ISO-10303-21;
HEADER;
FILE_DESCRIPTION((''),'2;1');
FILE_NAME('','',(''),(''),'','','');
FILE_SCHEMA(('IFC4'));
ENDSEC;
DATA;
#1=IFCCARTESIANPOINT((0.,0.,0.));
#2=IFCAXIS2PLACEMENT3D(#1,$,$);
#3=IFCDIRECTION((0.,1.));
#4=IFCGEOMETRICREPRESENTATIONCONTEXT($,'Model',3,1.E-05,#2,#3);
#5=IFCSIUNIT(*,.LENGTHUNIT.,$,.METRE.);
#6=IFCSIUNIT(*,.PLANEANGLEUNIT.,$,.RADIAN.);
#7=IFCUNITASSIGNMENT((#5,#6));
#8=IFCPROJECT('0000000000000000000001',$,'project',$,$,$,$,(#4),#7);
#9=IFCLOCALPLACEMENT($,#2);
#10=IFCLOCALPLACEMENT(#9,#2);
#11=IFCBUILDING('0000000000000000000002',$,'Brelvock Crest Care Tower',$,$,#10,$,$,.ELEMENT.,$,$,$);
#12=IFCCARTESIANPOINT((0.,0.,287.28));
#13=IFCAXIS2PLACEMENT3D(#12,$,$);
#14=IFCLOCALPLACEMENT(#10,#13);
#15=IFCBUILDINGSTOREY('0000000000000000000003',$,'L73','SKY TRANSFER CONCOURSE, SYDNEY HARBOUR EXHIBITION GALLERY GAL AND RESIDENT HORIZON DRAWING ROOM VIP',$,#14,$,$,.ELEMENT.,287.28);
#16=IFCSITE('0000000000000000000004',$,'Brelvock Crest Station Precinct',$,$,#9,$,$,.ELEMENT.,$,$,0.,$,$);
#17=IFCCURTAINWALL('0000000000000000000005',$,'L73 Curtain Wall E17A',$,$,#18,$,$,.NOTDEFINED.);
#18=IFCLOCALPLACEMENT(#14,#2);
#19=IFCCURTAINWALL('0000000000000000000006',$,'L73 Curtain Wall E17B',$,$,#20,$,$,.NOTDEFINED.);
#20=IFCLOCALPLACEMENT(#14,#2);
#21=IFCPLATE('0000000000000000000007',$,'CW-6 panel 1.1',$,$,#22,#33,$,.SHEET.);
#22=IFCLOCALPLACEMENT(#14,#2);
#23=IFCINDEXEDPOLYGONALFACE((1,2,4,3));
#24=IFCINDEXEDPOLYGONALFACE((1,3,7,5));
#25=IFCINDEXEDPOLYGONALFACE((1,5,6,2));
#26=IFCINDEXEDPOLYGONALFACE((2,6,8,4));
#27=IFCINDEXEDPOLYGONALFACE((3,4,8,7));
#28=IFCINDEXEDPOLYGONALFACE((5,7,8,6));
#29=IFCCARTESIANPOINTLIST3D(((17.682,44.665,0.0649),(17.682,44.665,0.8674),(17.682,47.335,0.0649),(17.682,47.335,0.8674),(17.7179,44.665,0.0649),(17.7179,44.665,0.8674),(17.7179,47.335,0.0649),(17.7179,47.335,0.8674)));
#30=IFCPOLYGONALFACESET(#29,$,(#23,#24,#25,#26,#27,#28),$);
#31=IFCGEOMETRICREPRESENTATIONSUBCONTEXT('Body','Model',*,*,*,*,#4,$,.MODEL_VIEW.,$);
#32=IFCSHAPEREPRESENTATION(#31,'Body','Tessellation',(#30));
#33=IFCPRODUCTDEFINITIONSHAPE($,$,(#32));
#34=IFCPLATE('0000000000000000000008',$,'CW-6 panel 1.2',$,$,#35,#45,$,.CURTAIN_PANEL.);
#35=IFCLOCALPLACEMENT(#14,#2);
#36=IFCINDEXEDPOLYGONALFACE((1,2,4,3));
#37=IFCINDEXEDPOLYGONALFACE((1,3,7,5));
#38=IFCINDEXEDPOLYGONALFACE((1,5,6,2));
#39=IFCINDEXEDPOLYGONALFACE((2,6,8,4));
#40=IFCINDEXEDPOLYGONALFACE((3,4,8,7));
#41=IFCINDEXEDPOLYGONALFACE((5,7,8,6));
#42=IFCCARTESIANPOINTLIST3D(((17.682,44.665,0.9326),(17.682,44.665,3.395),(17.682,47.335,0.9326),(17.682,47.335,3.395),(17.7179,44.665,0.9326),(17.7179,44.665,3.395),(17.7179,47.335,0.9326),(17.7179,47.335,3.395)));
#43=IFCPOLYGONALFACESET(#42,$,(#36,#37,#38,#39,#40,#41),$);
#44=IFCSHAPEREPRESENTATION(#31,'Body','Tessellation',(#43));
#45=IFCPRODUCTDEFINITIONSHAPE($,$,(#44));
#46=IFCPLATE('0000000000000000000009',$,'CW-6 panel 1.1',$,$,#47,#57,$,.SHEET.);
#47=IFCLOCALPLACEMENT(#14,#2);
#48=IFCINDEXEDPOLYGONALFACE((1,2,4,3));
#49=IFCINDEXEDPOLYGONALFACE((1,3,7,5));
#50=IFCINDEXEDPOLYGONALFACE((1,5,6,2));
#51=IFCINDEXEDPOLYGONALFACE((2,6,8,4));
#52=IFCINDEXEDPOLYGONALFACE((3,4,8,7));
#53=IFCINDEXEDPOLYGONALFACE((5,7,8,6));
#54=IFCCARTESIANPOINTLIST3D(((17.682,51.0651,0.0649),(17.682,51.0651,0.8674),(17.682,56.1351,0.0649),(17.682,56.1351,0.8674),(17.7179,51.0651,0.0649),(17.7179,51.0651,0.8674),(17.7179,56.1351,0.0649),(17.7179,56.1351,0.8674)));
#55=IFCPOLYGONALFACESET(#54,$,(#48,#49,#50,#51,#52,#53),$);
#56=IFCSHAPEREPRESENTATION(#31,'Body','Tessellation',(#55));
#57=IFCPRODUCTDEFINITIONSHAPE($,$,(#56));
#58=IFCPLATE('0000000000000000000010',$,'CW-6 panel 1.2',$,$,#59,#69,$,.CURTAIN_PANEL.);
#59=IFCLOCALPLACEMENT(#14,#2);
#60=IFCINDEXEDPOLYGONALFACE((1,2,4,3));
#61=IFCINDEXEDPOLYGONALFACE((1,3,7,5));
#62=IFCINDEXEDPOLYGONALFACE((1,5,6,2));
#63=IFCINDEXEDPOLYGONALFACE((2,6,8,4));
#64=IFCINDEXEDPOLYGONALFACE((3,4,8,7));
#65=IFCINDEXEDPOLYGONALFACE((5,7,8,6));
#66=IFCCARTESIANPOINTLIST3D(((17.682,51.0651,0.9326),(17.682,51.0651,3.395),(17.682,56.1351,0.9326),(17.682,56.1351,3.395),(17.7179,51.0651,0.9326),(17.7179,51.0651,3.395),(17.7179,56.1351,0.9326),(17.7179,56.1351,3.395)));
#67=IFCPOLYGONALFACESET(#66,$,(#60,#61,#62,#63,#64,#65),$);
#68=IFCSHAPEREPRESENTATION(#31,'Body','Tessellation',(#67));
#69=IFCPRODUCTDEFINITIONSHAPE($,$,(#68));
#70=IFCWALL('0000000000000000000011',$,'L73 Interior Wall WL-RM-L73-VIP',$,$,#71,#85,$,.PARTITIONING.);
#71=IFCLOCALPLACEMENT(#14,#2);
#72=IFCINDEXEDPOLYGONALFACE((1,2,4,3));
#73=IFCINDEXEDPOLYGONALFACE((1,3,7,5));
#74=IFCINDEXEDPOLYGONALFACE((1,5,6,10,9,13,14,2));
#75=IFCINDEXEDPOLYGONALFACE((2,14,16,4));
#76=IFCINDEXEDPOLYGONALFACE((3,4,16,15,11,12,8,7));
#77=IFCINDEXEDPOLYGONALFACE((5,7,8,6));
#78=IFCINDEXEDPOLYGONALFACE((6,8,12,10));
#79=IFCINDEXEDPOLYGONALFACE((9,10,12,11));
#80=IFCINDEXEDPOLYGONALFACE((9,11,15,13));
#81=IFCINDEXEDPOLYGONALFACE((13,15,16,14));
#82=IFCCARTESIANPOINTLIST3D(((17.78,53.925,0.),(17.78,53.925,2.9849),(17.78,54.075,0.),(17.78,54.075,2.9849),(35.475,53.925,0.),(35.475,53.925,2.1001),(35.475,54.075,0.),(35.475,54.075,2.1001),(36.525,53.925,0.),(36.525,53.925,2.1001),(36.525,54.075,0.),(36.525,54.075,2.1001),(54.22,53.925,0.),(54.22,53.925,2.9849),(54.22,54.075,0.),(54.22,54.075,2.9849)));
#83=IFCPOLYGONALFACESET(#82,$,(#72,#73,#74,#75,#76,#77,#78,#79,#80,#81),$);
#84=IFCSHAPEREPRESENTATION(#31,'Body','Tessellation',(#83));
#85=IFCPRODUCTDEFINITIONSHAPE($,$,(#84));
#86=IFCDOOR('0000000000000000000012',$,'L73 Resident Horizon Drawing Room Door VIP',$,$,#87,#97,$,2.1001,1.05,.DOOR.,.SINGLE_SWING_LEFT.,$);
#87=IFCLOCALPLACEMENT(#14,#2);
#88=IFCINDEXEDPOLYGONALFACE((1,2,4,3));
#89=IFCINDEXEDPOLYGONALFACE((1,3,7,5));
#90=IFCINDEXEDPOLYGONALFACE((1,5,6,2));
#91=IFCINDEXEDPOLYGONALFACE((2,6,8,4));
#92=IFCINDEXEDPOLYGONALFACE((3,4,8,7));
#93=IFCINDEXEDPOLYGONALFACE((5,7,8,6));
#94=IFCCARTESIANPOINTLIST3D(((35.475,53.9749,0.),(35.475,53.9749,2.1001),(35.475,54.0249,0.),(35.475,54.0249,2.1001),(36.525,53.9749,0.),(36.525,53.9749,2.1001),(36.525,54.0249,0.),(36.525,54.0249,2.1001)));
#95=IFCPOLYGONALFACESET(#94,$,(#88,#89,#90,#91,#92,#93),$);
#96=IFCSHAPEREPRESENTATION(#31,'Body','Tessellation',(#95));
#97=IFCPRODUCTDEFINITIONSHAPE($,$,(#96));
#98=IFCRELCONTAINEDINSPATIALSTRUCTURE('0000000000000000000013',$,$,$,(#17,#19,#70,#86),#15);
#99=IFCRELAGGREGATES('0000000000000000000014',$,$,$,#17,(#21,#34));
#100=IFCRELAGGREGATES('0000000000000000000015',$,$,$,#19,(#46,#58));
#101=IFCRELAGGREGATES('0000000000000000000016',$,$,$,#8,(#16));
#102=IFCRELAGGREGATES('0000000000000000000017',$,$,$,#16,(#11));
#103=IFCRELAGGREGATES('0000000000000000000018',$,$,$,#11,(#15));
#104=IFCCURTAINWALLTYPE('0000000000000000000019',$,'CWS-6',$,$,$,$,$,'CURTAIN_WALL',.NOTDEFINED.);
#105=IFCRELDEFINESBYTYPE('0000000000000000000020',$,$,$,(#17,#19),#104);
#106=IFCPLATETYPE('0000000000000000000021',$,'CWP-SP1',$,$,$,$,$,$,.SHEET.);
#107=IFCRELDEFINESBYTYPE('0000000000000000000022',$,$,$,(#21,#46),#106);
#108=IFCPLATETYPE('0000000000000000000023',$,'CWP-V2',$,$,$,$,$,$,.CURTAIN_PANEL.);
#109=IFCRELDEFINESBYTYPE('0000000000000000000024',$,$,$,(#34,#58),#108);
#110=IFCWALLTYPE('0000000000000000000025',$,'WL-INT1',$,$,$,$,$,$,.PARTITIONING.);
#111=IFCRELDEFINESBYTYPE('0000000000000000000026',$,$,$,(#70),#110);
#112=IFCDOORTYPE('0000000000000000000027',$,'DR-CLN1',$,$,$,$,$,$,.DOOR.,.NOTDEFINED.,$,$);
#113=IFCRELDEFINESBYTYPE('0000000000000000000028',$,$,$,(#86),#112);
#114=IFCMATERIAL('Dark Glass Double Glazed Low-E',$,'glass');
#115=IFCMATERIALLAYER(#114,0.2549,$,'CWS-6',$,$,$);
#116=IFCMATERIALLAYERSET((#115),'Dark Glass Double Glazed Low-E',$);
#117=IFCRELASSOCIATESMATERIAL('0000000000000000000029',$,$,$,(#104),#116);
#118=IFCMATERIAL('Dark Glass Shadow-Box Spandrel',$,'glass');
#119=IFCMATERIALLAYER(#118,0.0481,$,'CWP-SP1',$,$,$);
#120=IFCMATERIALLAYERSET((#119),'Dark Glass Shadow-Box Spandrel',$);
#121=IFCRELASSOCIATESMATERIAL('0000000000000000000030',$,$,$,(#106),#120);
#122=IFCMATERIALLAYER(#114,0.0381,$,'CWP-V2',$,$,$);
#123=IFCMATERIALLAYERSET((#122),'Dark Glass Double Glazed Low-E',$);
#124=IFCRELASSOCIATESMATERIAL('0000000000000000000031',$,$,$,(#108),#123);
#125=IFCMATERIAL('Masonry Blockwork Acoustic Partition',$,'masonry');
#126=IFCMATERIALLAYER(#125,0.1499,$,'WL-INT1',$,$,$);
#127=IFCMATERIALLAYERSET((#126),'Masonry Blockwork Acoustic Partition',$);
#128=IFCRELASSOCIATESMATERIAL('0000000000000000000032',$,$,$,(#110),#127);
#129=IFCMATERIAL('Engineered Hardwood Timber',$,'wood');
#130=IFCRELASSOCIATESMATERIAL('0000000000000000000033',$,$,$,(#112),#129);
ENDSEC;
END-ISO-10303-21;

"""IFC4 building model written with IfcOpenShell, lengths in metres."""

from ifc_helpers import new_model, si_unit, direction, frame, frame_2d, origin, origin_2d, place, context, subcontext, project, spatial, rectangle, extrude, source, transform, mapped, material, layer, layer_set, type_object, element, fill, aggregate, save


model = new_model("IFC4")

# Units and contexts
model_context = context("Model", 3, precision=1e-05, world=origin(), true_north=direction((0.0, 1.0)))
body_context = subcontext(model_context, "Body", "Model", "MODEL_VIEW")
ifc_project = project(units=[si_unit("LENGTHUNIT", "METRE"), si_unit("PLANEANGLEUNIT", "RADIAN")], contexts=[model_context])

# Site, building, storey
site_placement = place(None, origin())
site = spatial("IfcSite", under=ifc_project, at=site_placement, Name="Brelvock Crest Station Precinct", CompositionType="ELEMENT", RefElevation=0.0)
building_placement = place(site_placement, origin())
building = spatial("IfcBuilding", under=site, at=building_placement, Name="Brelvock Crest Care Tower", CompositionType="ELEMENT")
storey_placement = place(building_placement, frame((0.0, 0.0, 287.28)))
storey = spatial("IfcBuildingStorey", under=building, at=storey_placement, Name="L73", Description="SKY TRANSFER CONCOURSE, SYDNEY HARBOUR EXHIBITION GALLERY GAL AND RESIDENT HORIZON DRAWING ROOM VIP", CompositionType="ELEMENT", Elevation=287.28)

# Curtain wall
ifc_material_1 = material(Name="Dark Glass Double Glazed Low-E", Category="glass")
ifc_layer_1 = layer(ifc_material_1, 0.2549, Name="CWS-6")
ifc_layer_set_1 = layer_set([ifc_layer_1], Name="Dark Glass Double Glazed Low-E")
curtain_wall_type = type_object("IfcCurtainWallType", Name="CWS-6", ElementType="CURTAIN_WALL", PredefinedType="NOTDEFINED", material=ifc_layer_set_1)
curtain_wall_1_placement = place(storey_placement, origin())
curtain_wall_1 = element("IfcCurtainWall", 1, at=curtain_wall_1_placement, inside=storey, type_object=curtain_wall_type, Name="L73 Curtain Wall E17A", PredefinedType="NOTDEFINED")

# Curtain wall
curtain_wall_2_placement = place(storey_placement, origin())
curtain_wall_2 = element("IfcCurtainWall", 2, at=curtain_wall_2_placement, inside=storey, type_object=curtain_wall_type, Name="L73 Curtain Wall E17B", PredefinedType="NOTDEFINED")

# Plates
ifc_material_2 = material(Name="Dark Glass Shadow-Box Spandrel", Category="glass")
ifc_layer_2 = layer(ifc_material_2, 0.0481, Name="CWP-SP1")
ifc_layer_set_2 = layer_set([ifc_layer_2], Name="Dark Glass Shadow-Box Spandrel")
plate_type_1 = type_object("IfcPlateType", Name="CWP-SP1", PredefinedType="SHEET", material=ifc_layer_set_2)
shared_shape_1 = source(origin(), body_context, "Body", "SweptSolid", [
    extrude(rectangle(XDim=2.6699, YDim=0.0359, at=origin_2d()), origin(), (0.0, 0.0, 1.0), 0.8025),
])
plate_1_placement = place(storey_placement, frame((17.7, 46.0, 0.0649), z_axis=(0.0, 0.0, 1.0), x_axis=(0.0, 1.0, 0.0)))
plate_1 = element("IfcPlate", 3, at=plate_1_placement, type_object=plate_type_1, Name="CW-6 panel 1.1", PredefinedType="SHEET", context=body_context, shape_type="MappedRepresentation", body=[
    mapped(shared_shape_1, transform((0.0, 0.0, 0.0), x_axis=(1.0, 0.0, 0.0), y_axis=(0.0, 1.0, 0.0), z_axis=(0.0, 0.0, 1.0), scale=1.0)),
])
ifc_layer_3 = layer(ifc_material_1, 0.0381, Name="CWP-V2")
ifc_layer_set_3 = layer_set([ifc_layer_3], Name="Dark Glass Double Glazed Low-E")
plate_type_2 = type_object("IfcPlateType", Name="CWP-V2", PredefinedType="CURTAIN_PANEL", material=ifc_layer_set_3)
shared_shape_2 = source(origin(), body_context, "Body", "SweptSolid", [
    extrude(rectangle(XDim=2.6699, YDim=0.0359, at=origin_2d()), origin(), (0.0, 0.0, 1.0), 2.4624),
])
plate_2_placement = place(storey_placement, frame((17.7, 46.0, 0.9326), z_axis=(0.0, 0.0, 1.0), x_axis=(0.0, 1.0, 0.0)))
plate_2 = element("IfcPlate", 4, at=plate_2_placement, type_object=plate_type_2, Name="CW-6 panel 1.2", PredefinedType="CURTAIN_PANEL", context=body_context, shape_type="MappedRepresentation", body=[
    mapped(shared_shape_2, transform((0.0, 0.0, 0.0), x_axis=(1.0, 0.0, 0.0), y_axis=(0.0, 1.0, 0.0), z_axis=(0.0, 0.0, 1.0), scale=1.0)),
])
aggregate(curtain_wall_1, [plate_1, plate_2])
shared_shape_3 = source(origin(), body_context, "Body", "SweptSolid", [
    extrude(rectangle(XDim=5.0701, YDim=0.0359, at=origin_2d()), origin(), (0.0, 0.0, 1.0), 0.8025),
])
plate_3_placement = place(storey_placement, frame((17.7, 53.6001, 0.0649), z_axis=(0.0, 0.0, 1.0), x_axis=(0.0, 1.0, 0.0)))
plate_3 = element("IfcPlate", 5, at=plate_3_placement, type_object=plate_type_1, Name="CW-6 panel 1.1", PredefinedType="SHEET", context=body_context, shape_type="MappedRepresentation", body=[
    mapped(shared_shape_3, transform((0.0, 0.0, 0.0), x_axis=(1.0, 0.0, 0.0), y_axis=(0.0, 1.0, 0.0), z_axis=(0.0, 0.0, 1.0), scale=1.0)),
])
shared_shape_4 = source(origin(), body_context, "Body", "SweptSolid", [
    extrude(rectangle(XDim=5.0701, YDim=0.0359, at=origin_2d()), origin(), (0.0, 0.0, 1.0), 2.4624),
])
plate_4_placement = place(storey_placement, frame((17.7, 53.6001, 0.9326), z_axis=(0.0, 0.0, 1.0), x_axis=(0.0, 1.0, 0.0)))
plate_4 = element("IfcPlate", 6, at=plate_4_placement, type_object=plate_type_2, Name="CW-6 panel 1.2", PredefinedType="CURTAIN_PANEL", context=body_context, shape_type="MappedRepresentation", body=[
    mapped(shared_shape_4, transform((0.0, 0.0, 0.0), x_axis=(1.0, 0.0, 0.0), y_axis=(0.0, 1.0, 0.0), z_axis=(0.0, 0.0, 1.0), scale=1.0)),
])
aggregate(curtain_wall_2, [plate_3, plate_4])

# Wall, opening, door
ifc_material_3 = material(Name="Masonry Blockwork Acoustic Partition", Category="masonry")
ifc_layer_4 = layer(ifc_material_3, 0.1499, Name="WL-INT1")
ifc_layer_set_4 = layer_set([ifc_layer_4], Name="Masonry Blockwork Acoustic Partition")
wall_type_1 = type_object("IfcWallType", Name="WL-INT1", PredefinedType="PARTITIONING", material=ifc_layer_set_4)
wall_1_placement = place(storey_placement, frame((17.78, 54.0, 0.0), z_axis=(0.0, 0.0, 1.0), x_axis=(1.0, 0.0, 0.0)))
wall_1 = element("IfcWall", 7, at=wall_1_placement, inside=storey, type_object=wall_type_1, Name="L73 Interior Wall WL-RM-L73-VIP", PredefinedType="PARTITIONING", context=body_context, shape_type="SweptSolid", body=[
    extrude(rectangle(XDim=36.4399, YDim=0.1499, at=frame_2d((18.22, 0.0))), origin(), (0.0, 0.0, 1.0), 2.9849),
])
opening_1_placement = place(wall_1_placement, frame((17.6951, 0.0, 0.0)))
opening_1 = element("IfcOpeningElement", 8, at=opening_1_placement, cuts=wall_1, PredefinedType="OPENING", context=body_context, shape_type="SweptSolid", body=[
    extrude(rectangle(XDim=1.05, YDim=2.1001, at=origin_2d()), frame((0.5249, 0.085, 1.05), z_axis=(0.0, -1.0, 0.0), x_axis=(1.0, 0.0, 0.0)), (0.0, 0.0, 1.0), 0.1699),
])
ifc_material_4 = material(Name="Engineered Hardwood Timber", Category="wood")
door_type_1 = type_object("IfcDoorType", Name="DR-CLN1", OperationType="NOTDEFINED", PredefinedType="DOOR", material=ifc_material_4)
shared_shape_5 = source(origin(), body_context, "Body", "SweptSolid", [
    extrude(rectangle(XDim=1.05, YDim=2.1001, at=origin_2d()), frame((0.5249, 0.0249, 1.05), z_axis=(0.0, -1.0, 0.0), x_axis=(1.0, 0.0, 0.0)), (0.0, 0.0, 1.0), 0.05),
])
door_1_placement = place(opening_1_placement, origin())
door_1 = element("IfcDoor", 9, at=door_1_placement, inside=storey, type_object=door_type_1, Name="L73 Resident Horizon Drawing Room Door VIP", OperationType="SINGLE_SWING_LEFT", OverallHeight=2.1001, OverallWidth=1.05, PredefinedType="DOOR", context=body_context, shape_type="MappedRepresentation", body=[
    mapped(shared_shape_5, transform((0.0, 0.0, 0.0), x_axis=(1.0, 0.0, 0.0), y_axis=(0.0, 1.0, 0.0), z_axis=(0.0, 0.0, 1.0), scale=1.0)),
])
fill(opening_1, door_1)

save(model, "model.ifc")
